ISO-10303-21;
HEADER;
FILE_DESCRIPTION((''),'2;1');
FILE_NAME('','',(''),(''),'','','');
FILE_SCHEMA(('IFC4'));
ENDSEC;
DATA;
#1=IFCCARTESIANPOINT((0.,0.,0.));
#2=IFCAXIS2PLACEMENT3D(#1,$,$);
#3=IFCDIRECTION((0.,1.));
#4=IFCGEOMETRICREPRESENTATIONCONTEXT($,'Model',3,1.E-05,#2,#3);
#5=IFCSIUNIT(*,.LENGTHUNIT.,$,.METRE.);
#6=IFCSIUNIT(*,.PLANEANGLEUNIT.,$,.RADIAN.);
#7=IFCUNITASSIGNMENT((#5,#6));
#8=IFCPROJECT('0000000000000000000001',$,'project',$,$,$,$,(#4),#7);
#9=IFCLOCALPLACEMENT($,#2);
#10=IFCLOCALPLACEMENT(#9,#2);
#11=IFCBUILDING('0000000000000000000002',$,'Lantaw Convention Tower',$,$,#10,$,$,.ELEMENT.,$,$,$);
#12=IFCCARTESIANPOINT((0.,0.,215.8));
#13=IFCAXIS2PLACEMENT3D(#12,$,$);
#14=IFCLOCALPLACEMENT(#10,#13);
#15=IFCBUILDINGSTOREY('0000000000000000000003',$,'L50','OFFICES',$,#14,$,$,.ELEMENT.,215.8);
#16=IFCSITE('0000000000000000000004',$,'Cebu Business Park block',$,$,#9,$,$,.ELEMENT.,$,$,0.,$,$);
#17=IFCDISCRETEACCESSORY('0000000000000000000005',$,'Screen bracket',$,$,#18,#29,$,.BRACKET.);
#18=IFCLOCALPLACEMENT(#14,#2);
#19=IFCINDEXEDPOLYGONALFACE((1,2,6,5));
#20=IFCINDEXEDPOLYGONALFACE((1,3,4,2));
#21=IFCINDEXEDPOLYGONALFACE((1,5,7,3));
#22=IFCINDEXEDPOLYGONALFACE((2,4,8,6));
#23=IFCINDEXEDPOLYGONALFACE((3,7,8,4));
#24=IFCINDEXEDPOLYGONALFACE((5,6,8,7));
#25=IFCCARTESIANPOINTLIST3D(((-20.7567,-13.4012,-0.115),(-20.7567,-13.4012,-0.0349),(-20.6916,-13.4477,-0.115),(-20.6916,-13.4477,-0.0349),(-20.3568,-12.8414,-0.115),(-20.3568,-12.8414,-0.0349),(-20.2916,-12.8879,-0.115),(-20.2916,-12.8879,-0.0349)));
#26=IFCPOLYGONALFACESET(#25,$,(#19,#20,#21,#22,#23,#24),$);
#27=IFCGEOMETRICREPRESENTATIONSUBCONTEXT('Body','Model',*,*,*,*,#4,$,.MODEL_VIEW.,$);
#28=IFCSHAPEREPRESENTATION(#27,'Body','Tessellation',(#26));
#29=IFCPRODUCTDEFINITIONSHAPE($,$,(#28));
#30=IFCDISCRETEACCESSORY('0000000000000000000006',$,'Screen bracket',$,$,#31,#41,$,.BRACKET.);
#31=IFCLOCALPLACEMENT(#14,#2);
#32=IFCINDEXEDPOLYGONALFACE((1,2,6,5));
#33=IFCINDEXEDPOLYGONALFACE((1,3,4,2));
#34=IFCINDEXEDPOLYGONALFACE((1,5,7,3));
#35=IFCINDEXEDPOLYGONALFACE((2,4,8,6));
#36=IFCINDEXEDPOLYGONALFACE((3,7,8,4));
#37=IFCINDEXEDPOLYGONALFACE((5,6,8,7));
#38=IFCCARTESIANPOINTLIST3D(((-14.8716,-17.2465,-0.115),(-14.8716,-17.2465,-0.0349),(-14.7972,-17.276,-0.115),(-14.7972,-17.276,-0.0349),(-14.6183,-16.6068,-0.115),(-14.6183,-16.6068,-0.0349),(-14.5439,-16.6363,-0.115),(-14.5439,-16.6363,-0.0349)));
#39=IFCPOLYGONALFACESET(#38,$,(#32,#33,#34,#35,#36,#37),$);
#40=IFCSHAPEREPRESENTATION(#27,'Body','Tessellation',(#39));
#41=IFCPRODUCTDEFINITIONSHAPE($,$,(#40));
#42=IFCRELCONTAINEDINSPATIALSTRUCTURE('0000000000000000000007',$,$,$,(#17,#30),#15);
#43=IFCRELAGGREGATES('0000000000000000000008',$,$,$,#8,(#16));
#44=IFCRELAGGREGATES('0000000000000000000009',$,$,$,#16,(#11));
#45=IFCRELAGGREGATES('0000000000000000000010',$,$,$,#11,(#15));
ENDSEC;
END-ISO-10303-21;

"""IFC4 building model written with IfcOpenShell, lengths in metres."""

from ifc_helpers import new_model, si_unit, direction, frame, origin, origin_2d, place, context, subcontext, project, spatial, rectangle, extrude, element, save


model = new_model("IFC4")

# Units and contexts
model_context = context("Model", 3, precision=1e-05, world=origin(), true_north=direction((0.0, 1.0)))
body_context = subcontext(model_context, "Body", "Model", "MODEL_VIEW")
ifc_project = project(units=[si_unit("LENGTHUNIT", "METRE"), si_unit("PLANEANGLEUNIT", "RADIAN")], contexts=[model_context])

# Site, building, storey
site_placement = place(None, origin())
site = spatial("IfcSite", under=ifc_project, at=site_placement, Name="Cebu Business Park block", CompositionType="ELEMENT", RefElevation=0.0)
building_placement = place(site_placement, origin())
building = spatial("IfcBuilding", under=site, at=building_placement, Name="Lantaw Convention Tower", CompositionType="ELEMENT")
storey_placement = place(building_placement, frame((0.0, 0.0, 215.8)))
storey = spatial("IfcBuildingStorey", under=building, at=storey_placement, Name="L50", Description="OFFICES", CompositionType="ELEMENT", Elevation=215.8)

# Discrete accessories
for number, where, z_axis, x_axis, name in (
    (1, (-20.5242, -13.1445, -0.115), (0.0, 0.0, 1.0), (0.813673, -0.581323, 0.0), "Screen bracket"),
    (2, (-14.7078, -16.9414, -0.115), (0.0, 0.0, 1.0), (0.929762, -0.368162, 0.0), "Screen bracket"),
):
    element("IfcDiscreteAccessory", number, at=place(storey_placement, frame(where, z_axis=z_axis, x_axis=x_axis)), inside=storey, Name=name, PredefinedType="BRACKET", context=body_context, shape_type="SweptSolid", body=[
        extrude(rectangle(XDim=0.0801, YDim=0.688, at=origin_2d()), origin(), (0.0, 0.0, 1.0), 0.0801),
    ])

save(model, "model.ifc")
